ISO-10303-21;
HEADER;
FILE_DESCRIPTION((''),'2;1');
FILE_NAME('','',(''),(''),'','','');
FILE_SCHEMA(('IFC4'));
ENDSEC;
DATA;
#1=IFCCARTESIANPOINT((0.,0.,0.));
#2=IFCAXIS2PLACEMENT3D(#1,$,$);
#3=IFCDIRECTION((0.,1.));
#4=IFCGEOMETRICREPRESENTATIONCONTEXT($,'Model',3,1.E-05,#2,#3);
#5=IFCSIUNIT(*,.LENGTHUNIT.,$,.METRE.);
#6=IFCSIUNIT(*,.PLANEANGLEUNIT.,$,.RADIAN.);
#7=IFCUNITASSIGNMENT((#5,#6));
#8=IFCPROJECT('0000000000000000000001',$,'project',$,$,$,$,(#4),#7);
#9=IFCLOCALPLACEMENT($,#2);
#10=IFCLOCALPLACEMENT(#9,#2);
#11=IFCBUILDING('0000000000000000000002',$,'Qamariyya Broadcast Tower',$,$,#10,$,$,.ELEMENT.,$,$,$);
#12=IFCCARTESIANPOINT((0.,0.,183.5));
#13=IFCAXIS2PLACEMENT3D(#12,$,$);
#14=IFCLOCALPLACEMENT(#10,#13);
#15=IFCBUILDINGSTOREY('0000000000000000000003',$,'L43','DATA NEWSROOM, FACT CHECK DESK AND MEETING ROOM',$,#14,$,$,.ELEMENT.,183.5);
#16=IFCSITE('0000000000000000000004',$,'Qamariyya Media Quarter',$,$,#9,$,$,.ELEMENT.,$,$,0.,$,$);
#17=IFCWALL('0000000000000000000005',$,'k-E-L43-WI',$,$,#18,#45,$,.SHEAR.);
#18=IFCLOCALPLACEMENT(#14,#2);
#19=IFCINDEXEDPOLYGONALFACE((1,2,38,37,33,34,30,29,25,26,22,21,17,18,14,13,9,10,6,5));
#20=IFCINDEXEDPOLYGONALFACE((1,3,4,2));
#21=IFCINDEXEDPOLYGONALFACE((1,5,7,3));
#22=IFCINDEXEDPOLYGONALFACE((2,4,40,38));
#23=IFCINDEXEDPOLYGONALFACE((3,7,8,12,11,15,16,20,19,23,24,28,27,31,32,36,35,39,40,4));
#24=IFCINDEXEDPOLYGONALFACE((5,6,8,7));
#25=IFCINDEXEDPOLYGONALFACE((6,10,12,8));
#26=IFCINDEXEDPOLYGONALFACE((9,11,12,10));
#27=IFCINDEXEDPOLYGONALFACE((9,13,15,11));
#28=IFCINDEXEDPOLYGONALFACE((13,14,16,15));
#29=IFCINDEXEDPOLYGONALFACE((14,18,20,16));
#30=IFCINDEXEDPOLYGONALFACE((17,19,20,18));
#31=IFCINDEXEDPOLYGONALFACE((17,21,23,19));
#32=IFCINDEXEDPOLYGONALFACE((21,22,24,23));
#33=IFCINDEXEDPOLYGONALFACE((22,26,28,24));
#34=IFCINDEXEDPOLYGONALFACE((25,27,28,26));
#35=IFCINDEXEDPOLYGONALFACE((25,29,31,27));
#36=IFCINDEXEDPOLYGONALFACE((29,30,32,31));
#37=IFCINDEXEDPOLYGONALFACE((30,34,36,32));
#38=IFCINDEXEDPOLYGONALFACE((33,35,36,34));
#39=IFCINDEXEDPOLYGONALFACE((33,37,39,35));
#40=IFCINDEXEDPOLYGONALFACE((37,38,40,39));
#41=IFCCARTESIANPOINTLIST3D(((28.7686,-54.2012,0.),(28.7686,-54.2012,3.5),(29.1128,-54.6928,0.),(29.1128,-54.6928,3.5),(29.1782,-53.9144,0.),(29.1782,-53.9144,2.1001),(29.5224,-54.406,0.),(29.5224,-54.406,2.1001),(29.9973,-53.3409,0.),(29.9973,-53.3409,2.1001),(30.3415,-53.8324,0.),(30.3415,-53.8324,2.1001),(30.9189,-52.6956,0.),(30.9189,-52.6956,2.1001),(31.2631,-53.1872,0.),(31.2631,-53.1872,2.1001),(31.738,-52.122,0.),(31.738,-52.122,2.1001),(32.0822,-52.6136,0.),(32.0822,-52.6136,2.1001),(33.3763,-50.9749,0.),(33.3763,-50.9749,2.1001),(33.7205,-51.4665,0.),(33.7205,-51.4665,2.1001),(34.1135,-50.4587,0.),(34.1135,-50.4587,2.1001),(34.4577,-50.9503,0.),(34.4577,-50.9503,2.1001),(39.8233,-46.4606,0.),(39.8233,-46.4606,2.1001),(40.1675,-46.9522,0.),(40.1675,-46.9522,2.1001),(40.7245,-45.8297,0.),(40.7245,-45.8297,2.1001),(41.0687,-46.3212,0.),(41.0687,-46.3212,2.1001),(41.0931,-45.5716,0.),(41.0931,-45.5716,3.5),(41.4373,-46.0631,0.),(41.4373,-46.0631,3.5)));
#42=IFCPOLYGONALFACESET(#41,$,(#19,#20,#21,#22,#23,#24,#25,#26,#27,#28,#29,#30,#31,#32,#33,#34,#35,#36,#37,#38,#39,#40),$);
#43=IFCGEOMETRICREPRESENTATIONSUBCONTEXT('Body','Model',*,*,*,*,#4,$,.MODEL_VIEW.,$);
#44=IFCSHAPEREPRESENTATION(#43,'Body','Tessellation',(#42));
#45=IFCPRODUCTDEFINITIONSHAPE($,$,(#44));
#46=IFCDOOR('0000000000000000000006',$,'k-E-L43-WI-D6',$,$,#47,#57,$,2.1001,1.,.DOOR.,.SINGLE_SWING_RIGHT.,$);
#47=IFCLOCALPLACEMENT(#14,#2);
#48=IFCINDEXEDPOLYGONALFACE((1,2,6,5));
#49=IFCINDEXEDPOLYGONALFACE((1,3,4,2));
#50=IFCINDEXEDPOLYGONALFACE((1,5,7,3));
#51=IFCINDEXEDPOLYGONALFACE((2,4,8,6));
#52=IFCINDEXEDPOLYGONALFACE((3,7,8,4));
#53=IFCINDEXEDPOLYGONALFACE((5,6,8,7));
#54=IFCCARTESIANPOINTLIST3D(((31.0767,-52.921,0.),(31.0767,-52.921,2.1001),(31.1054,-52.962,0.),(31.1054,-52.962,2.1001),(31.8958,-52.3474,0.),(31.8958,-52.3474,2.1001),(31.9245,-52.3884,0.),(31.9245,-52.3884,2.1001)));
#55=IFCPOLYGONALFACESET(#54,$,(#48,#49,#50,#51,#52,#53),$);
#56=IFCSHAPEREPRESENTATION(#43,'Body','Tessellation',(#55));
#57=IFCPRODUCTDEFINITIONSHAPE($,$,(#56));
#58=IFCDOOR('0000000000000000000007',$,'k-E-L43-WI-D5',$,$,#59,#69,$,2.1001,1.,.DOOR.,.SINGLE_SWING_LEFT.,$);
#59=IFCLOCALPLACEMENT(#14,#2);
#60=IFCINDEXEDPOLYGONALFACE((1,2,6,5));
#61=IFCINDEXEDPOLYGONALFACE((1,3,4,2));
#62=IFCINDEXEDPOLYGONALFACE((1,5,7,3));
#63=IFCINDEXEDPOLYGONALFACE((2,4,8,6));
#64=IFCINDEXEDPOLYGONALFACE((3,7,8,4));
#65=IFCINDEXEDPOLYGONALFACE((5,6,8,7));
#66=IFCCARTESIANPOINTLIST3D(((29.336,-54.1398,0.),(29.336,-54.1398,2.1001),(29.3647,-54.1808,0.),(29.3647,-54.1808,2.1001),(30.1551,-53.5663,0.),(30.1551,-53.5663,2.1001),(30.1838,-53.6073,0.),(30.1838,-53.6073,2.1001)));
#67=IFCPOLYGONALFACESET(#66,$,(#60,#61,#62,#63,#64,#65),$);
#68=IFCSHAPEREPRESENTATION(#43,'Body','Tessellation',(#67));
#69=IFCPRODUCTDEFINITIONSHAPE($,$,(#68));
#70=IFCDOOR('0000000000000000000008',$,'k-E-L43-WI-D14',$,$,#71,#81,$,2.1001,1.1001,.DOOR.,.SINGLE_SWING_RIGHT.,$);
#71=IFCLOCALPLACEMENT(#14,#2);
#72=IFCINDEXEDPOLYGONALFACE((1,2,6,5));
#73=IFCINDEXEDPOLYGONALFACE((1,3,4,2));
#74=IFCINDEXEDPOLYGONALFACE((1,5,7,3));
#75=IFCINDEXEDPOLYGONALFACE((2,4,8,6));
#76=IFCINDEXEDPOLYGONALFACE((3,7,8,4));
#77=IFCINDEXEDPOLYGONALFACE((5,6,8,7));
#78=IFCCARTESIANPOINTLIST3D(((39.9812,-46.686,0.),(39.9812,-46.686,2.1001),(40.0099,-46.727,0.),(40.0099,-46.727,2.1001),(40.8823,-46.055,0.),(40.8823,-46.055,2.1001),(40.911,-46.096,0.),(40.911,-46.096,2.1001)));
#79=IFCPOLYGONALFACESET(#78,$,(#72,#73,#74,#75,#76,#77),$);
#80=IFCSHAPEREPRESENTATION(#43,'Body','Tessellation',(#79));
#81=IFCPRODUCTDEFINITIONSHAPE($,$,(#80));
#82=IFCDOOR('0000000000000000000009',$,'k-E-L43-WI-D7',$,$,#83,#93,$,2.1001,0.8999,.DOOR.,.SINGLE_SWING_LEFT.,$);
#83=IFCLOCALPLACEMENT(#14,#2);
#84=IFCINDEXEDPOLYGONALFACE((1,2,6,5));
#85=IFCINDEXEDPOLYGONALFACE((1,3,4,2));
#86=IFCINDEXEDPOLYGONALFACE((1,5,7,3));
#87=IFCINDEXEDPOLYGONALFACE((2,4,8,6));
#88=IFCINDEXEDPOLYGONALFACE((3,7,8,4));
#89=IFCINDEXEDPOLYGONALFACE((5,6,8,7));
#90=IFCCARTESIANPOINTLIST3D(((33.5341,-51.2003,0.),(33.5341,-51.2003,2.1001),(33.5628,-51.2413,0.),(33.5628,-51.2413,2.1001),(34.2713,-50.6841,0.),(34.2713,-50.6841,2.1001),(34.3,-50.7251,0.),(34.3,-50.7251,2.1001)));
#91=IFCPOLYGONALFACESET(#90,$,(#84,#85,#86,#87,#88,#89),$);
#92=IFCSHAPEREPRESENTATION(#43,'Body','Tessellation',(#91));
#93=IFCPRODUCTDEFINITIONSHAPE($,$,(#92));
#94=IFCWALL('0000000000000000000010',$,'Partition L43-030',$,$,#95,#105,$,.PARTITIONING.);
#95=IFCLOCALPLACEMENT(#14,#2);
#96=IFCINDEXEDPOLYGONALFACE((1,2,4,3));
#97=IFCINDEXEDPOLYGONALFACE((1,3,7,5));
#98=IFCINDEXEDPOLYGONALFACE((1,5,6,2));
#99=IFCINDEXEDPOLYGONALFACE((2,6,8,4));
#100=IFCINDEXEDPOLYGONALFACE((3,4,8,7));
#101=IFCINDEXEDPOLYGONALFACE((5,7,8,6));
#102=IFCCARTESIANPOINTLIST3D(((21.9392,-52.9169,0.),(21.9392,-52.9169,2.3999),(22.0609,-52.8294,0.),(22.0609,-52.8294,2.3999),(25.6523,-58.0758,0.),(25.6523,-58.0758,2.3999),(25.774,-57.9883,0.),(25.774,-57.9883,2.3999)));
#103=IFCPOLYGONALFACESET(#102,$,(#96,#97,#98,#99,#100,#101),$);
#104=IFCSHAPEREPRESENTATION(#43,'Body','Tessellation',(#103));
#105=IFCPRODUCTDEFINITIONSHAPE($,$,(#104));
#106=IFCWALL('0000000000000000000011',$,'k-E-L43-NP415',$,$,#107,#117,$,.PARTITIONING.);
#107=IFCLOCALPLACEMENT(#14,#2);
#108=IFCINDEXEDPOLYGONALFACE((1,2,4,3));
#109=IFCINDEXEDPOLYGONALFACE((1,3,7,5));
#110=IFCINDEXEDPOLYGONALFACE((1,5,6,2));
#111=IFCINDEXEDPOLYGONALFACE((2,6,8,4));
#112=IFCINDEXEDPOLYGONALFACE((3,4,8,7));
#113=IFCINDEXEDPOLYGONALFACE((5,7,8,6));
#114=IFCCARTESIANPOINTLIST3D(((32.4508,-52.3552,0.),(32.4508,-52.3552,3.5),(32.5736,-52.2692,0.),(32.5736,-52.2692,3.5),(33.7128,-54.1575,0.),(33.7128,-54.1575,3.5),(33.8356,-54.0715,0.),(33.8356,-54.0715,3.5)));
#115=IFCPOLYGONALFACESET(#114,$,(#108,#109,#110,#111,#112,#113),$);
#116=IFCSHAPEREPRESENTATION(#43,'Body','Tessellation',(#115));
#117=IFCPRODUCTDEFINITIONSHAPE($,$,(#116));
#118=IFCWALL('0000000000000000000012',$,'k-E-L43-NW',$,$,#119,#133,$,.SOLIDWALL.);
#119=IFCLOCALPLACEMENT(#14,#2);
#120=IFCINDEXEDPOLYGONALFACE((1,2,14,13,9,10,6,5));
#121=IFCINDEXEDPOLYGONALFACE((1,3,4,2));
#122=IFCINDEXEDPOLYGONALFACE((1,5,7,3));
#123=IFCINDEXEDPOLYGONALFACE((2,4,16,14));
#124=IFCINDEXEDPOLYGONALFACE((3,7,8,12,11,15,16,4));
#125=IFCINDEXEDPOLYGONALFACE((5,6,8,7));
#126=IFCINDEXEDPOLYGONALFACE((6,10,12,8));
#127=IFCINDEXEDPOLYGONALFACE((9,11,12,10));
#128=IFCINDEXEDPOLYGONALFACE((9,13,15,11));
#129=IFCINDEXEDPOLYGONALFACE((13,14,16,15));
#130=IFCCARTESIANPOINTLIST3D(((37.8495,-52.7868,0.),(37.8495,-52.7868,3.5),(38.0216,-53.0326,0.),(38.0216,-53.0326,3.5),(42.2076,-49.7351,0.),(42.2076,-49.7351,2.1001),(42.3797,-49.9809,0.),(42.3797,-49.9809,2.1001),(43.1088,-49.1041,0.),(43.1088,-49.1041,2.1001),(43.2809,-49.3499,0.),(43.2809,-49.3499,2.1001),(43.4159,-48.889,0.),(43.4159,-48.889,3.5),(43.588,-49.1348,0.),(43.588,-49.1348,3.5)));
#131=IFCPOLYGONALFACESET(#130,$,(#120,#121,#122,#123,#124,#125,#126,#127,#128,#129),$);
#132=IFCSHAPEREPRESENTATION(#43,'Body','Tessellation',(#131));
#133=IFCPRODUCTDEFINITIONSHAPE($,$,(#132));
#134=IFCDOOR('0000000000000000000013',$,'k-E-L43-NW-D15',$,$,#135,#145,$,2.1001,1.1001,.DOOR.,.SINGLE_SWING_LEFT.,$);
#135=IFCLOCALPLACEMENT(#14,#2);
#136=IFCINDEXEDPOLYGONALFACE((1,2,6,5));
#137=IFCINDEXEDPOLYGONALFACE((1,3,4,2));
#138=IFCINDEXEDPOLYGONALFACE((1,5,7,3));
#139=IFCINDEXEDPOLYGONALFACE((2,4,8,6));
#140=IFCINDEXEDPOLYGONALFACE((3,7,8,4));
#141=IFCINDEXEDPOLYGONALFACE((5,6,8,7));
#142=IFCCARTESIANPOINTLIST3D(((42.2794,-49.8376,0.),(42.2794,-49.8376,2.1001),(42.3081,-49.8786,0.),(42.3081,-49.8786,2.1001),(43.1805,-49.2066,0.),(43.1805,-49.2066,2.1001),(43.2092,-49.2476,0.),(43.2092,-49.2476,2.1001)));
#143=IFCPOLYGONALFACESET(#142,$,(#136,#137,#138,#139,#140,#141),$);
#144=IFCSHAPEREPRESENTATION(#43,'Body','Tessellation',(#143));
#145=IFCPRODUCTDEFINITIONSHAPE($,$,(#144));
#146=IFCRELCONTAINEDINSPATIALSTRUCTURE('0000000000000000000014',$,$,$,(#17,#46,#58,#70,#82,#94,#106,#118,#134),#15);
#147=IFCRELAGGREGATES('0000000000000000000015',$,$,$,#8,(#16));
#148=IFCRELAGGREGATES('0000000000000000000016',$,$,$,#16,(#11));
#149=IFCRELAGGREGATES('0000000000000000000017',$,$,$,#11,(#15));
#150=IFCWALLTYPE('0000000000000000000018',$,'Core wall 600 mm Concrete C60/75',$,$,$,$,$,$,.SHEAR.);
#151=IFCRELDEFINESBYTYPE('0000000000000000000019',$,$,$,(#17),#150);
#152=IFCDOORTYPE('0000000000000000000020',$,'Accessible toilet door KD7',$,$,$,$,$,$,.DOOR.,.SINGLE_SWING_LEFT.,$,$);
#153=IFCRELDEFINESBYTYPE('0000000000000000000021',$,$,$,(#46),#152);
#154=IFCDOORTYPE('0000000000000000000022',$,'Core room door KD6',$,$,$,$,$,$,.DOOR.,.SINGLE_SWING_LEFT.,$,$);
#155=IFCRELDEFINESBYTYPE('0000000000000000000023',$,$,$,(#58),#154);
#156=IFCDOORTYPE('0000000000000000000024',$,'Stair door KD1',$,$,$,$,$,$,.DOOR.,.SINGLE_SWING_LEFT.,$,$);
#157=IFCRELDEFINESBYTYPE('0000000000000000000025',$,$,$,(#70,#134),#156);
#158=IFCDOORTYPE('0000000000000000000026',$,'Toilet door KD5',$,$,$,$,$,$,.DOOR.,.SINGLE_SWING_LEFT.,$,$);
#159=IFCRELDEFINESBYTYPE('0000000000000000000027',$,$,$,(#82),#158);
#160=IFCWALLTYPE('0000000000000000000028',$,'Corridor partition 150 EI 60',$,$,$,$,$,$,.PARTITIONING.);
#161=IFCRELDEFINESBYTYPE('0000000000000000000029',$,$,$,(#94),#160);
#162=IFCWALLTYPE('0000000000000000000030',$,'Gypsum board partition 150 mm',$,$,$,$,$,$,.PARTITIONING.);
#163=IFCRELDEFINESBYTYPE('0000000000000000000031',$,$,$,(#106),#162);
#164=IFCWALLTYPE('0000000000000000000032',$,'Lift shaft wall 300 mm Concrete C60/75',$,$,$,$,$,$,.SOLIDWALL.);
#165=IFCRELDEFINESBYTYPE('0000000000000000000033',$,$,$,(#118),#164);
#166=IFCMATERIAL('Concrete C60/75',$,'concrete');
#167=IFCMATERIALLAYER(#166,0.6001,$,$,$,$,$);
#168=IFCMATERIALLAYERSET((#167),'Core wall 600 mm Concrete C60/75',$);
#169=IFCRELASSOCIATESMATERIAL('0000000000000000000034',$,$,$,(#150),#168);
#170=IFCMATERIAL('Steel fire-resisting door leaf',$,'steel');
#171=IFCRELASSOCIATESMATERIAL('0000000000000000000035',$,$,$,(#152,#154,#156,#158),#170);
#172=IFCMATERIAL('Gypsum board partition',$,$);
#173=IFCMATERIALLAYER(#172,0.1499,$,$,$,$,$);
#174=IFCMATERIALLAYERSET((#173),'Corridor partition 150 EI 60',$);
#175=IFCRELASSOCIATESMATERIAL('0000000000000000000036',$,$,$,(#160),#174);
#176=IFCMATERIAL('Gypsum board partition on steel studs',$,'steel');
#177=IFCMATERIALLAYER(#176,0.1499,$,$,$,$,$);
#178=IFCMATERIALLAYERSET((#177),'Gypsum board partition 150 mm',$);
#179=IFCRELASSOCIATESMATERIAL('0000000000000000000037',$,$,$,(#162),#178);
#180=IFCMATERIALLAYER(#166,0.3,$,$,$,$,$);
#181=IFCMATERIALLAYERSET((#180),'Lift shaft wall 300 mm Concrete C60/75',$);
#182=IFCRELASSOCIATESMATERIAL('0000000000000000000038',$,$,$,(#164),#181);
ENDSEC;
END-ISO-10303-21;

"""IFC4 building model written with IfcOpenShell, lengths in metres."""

from ifc_helpers import new_model, si_unit, direction, frame, frame_2d, origin, place, context, subcontext, project, spatial, rectangle, extrude, material, layer, layer_set, type_object, element, fill, save


model = new_model("IFC4")

# Units and contexts
model_context = context("Model", 3, precision=1e-05, world=origin(), true_north=direction((0.0, 1.0)))
body_context = subcontext(model_context, "Body", "Model", "MODEL_VIEW")
ifc_project = project(units=[si_unit("LENGTHUNIT", "METRE"), si_unit("PLANEANGLEUNIT", "RADIAN")], contexts=[model_context])

# Site, building, storey
site_placement = place(None, origin())
site = spatial("IfcSite", under=ifc_project, at=site_placement, Name="Qamariyya Media Quarter", CompositionType="ELEMENT", RefElevation=0.0)
building_placement = place(site_placement, origin())
building = spatial("IfcBuilding", under=site, at=building_placement, Name="Qamariyya Broadcast Tower", CompositionType="ELEMENT")
storey_placement = place(building_placement, frame((0.0, 0.0, 183.5)))
storey = spatial("IfcBuildingStorey", under=building, at=storey_placement, Name="L43", Description="DATA NEWSROOM, FACT CHECK DESK AND MEETING ROOM", CompositionType="ELEMENT", Elevation=183.5)

# Shared definitions
ifc_material_1 = material(Name="Concrete C60/75", Category="concrete")

# Wall, openings, doors
ifc_layer_1 = layer(ifc_material_1, 0.6001)
ifc_layer_set_1 = layer_set([ifc_layer_1], Name="Core wall 600 mm Concrete C60/75")
wall_type_1 = type_object("IfcWallType", Name="Core wall 600 mm Concrete C60/75", PredefinedType="SHEAR", material=ifc_layer_set_1)
wall_1_placement = place(storey_placement, frame((28.9407, -54.447, 0.0), z_axis=(0.0, 0.0, 1.0), x_axis=(0.819153, 0.573575, 0.0)))
wall_1 = element("IfcWall", 1, at=wall_1_placement, inside=storey, type_object=wall_type_1, Name="k-E-L43-WI", PredefinedType="SHEAR", context=body_context, shape_type="SweptSolid", body=[
    extrude(rectangle(XDim=15.0454, YDim=0.6001, at=frame_2d((7.5227, 0.0))), origin(), (0.0, 0.0, 1.0), 3.5),
])
opening_1_placement = place(wall_1_placement, frame((0.5, 0.0, 0.0)))
opening_1 = element("IfcOpeningElement", 2, at=opening_1_placement, cuts=wall_1, PredefinedType="OPENING", context=body_context, shape_type="SweptSolid", body=[
    extrude(rectangle(XDim=1.0, YDim=2.1001, at=frame_2d((0.5, 1.05))), frame((0.0, 0.3101, 0.0), z_axis=(0.0, -1.0, 0.0), x_axis=(1.0, 0.0, 0.0)), (0.0, 0.0, 1.0), 0.6201),
])
opening_2_placement = place(wall_1_placement, frame((2.625, 0.0, 0.0)))
opening_2 = element("IfcOpeningElement", 3, at=opening_2_placement, cuts=wall_1, PredefinedType="OPENING", context=body_context, shape_type="SweptSolid", body=[
    extrude(rectangle(XDim=1.0, YDim=2.1001, at=frame_2d((0.5, 1.05))), frame((0.0, 0.3101, 0.0), z_axis=(0.0, -1.0, 0.0), x_axis=(1.0, 0.0, 0.0)), (0.0, 0.0, 1.0), 0.6201),
])
opening_3_placement = place(wall_1_placement, frame((5.625, 0.0, 0.0)))
opening_3 = element("IfcOpeningElement", 4, at=opening_3_placement, cuts=wall_1, PredefinedType="OPENING", context=body_context, shape_type="SweptSolid", body=[
    extrude(rectangle(XDim=0.8999, YDim=2.1001, at=frame_2d((0.45, 1.05))), frame((0.0, 0.3101, 0.0), z_axis=(0.0, -1.0, 0.0), x_axis=(1.0, 0.0, 0.0)), (0.0, 0.0, 1.0), 0.6201),
])
opening_4_placement = place(wall_1_placement, frame((13.4954, 0.0, 0.0)))
opening_4 = element("IfcOpeningElement", 5, at=opening_4_placement, cuts=wall_1, PredefinedType="OPENING", context=body_context, shape_type="SweptSolid", body=[
    extrude(rectangle(XDim=1.1001, YDim=2.1001, at=frame_2d((0.55, 1.05))), frame((0.0, 0.3101, 0.0), z_axis=(0.0, -1.0, 0.0), x_axis=(1.0, 0.0, 0.0)), (0.0, 0.0, 1.0), 0.6201),
])
ifc_material_2 = material(Name="Steel fire-resisting door leaf", Category="steel")
door_type_1 = type_object("IfcDoorType", Name="Accessible toilet door KD7", OperationType="SINGLE_SWING_LEFT", PredefinedType="DOOR", material=ifc_material_2)
door_1_placement = place(opening_2_placement, origin())
door_1 = element("IfcDoor", 6, at=door_1_placement, inside=storey, type_object=door_type_1, Name="k-E-L43-WI-D6", OperationType="SINGLE_SWING_RIGHT", OverallHeight=2.1001, OverallWidth=1.0, PredefinedType="DOOR", context=body_context, shape_type="SweptSolid", body=[
    extrude(rectangle(XDim=1.0, YDim=2.1001, at=frame_2d((0.5, 1.05))), frame((0.0, 0.0249, 0.0), z_axis=(0.0, -1.0, 0.0), x_axis=(1.0, 0.0, 0.0)), (0.0, 0.0, 1.0), 0.05),
])
fill(opening_2, door_1)
door_type_2 = type_object("IfcDoorType", Name="Core room door KD6", OperationType="SINGLE_SWING_LEFT", PredefinedType="DOOR", material=ifc_material_2)
door_2_placement = place(opening_1_placement, origin())
door_2 = element("IfcDoor", 7, at=door_2_placement, inside=storey, type_object=door_type_2, Name="k-E-L43-WI-D5", OperationType="SINGLE_SWING_LEFT", OverallHeight=2.1001, OverallWidth=1.0, PredefinedType="DOOR", context=body_context, shape_type="SweptSolid", body=[
    extrude(rectangle(XDim=1.0, YDim=2.1001, at=frame_2d((0.5, 1.05))), frame((0.0, 0.0249, 0.0), z_axis=(0.0, -1.0, 0.0), x_axis=(1.0, 0.0, 0.0)), (0.0, 0.0, 1.0), 0.05),
])
fill(opening_1, door_2)
door_type_3 = type_object("IfcDoorType", Name="Stair door KD1", OperationType="SINGLE_SWING_LEFT", PredefinedType="DOOR", material=ifc_material_2)
door_3_placement = place(opening_4_placement, origin())
door_3 = element("IfcDoor", 8, at=door_3_placement, inside=storey, type_object=door_type_3, Name="k-E-L43-WI-D14", OperationType="SINGLE_SWING_RIGHT", OverallHeight=2.1001, OverallWidth=1.1001, PredefinedType="DOOR", context=body_context, shape_type="SweptSolid", body=[
    extrude(rectangle(XDim=1.1001, YDim=2.1001, at=frame_2d((0.55, 1.05))), frame((0.0, 0.0249, 0.0), z_axis=(0.0, -1.0, 0.0), x_axis=(1.0, 0.0, 0.0)), (0.0, 0.0, 1.0), 0.05),
])
fill(opening_4, door_3)
door_type_4 = type_object("IfcDoorType", Name="Toilet door KD5", OperationType="SINGLE_SWING_LEFT", PredefinedType="DOOR", material=ifc_material_2)
door_4_placement = place(opening_3_placement, origin())
door_4 = element("IfcDoor", 9, at=door_4_placement, inside=storey, type_object=door_type_4, Name="k-E-L43-WI-D7", OperationType="SINGLE_SWING_LEFT", OverallHeight=2.1001, OverallWidth=0.8999, PredefinedType="DOOR", context=body_context, shape_type="SweptSolid", body=[
    extrude(rectangle(XDim=0.8999, YDim=2.1001, at=frame_2d((0.45, 1.05))), frame((0.0, 0.0249, 0.0), z_axis=(0.0, -1.0, 0.0), x_axis=(1.0, 0.0, 0.0)), (0.0, 0.0, 1.0), 0.05),
])
fill(opening_3, door_4)

# Walls
ifc_material_3 = material(Name="Gypsum board partition")
ifc_layer_2 = layer(ifc_material_3, 0.1499)
ifc_layer_set_2 = layer_set([ifc_layer_2], Name="Corridor partition 150 EI 60")
wall_type_2 = type_object("IfcWallType", Name="Corridor partition 150 EI 60", PredefinedType="PARTITIONING", material=ifc_layer_set_2)
wall_2_placement = place(storey_placement, frame((22.0, -52.873, 0.0), z_axis=(0.0, 0.0, 1.0), x_axis=(0.58417, -0.811631, 0.0)))
element("IfcWall", 10, at=wall_2_placement, inside=storey, type_object=wall_type_2, Name="Partition L43-030", PredefinedType="PARTITIONING", context=body_context, shape_type="SweptSolid", body=[
    extrude(rectangle(XDim=6.3562, YDim=0.1499, at=frame_2d((3.1782, 0.0))), origin(), (0.0, 0.0, 1.0), 2.3999),
])
ifc_material_4 = material(Name="Gypsum board partition on steel studs", Category="steel")
ifc_layer_3 = layer(ifc_material_4, 0.1499)
ifc_layer_set_3 = layer_set([ifc_layer_3], Name="Gypsum board partition 150 mm")
wall_type_3 = type_object("IfcWallType", Name="Gypsum board partition 150 mm", PredefinedType="PARTITIONING", material=ifc_layer_set_3)
wall_3_placement = place(storey_placement, frame((33.7742, -54.1145, 0.0), z_axis=(0.0, 0.0, 1.0), x_axis=(-0.573581, 0.819149, 0.0)))
element("IfcWall", 11, at=wall_3_placement, inside=storey, type_object=wall_type_3, Name="k-E-L43-NP415", PredefinedType="PARTITIONING", context=body_context, shape_type="SweptSolid", body=[
    extrude(rectangle(XDim=2.2002, YDim=0.1499, at=frame_2d((1.1001, 0.0))), origin(), (0.0, 0.0, 1.0), 3.5),
])

# Wall, opening, door
ifc_layer_4 = layer(ifc_material_1, 0.3)
ifc_layer_set_4 = layer_set([ifc_layer_4], Name="Lift shaft wall 300 mm Concrete C60/75")
wall_type_4 = type_object("IfcWallType", Name="Lift shaft wall 300 mm Concrete C60/75", PredefinedType="SOLIDWALL", material=ifc_layer_set_4)
wall_4_placement = place(storey_placement, frame((37.9355, -52.9097, 0.0), z_axis=(0.0, 0.0, 1.0), x_axis=(0.819148, 0.573583, 0.0)))
wall_4 = element("IfcWall", 12, at=wall_4_placement, inside=storey, type_object=wall_type_4, Name="k-E-L43-NW", PredefinedType="SOLIDWALL", context=body_context, shape_type="SweptSolid", body=[
    extrude(rectangle(XDim=6.7954, YDim=0.3, at=frame_2d((3.3977, 0.0))), origin(), (0.0, 0.0, 1.0), 3.5),
])
opening_5_placement = place(wall_4_placement, frame((5.3203, 0.0, 0.0)))
opening_5 = element("IfcOpeningElement", 13, at=opening_5_placement, cuts=wall_4, PredefinedType="OPENING", context=body_context, shape_type="SweptSolid", body=[
    extrude(rectangle(XDim=1.1001, YDim=2.1001, at=frame_2d((0.55, 1.05))), frame((0.0, 0.1599, 0.0), z_axis=(0.0, -1.0, 0.0), x_axis=(1.0, 0.0, 0.0)), (0.0, 0.0, 1.0), 0.3201),
])
door_5_placement = place(opening_5_placement, origin())
door_5 = element("IfcDoor", 14, at=door_5_placement, inside=storey, type_object=door_type_3, Name="k-E-L43-NW-D15", OperationType="SINGLE_SWING_LEFT", OverallHeight=2.1001, OverallWidth=1.1001, PredefinedType="DOOR", context=body_context, shape_type="SweptSolid", body=[
    extrude(rectangle(XDim=1.1001, YDim=2.1001, at=frame_2d((0.55, 1.05))), frame((0.0, 0.0249, 0.0), z_axis=(0.0, -1.0, 0.0), x_axis=(1.0, 0.0, 0.0)), (0.0, 0.0, 1.0), 0.05),
])
fill(opening_5, door_5)

save(model, "model.ifc")
